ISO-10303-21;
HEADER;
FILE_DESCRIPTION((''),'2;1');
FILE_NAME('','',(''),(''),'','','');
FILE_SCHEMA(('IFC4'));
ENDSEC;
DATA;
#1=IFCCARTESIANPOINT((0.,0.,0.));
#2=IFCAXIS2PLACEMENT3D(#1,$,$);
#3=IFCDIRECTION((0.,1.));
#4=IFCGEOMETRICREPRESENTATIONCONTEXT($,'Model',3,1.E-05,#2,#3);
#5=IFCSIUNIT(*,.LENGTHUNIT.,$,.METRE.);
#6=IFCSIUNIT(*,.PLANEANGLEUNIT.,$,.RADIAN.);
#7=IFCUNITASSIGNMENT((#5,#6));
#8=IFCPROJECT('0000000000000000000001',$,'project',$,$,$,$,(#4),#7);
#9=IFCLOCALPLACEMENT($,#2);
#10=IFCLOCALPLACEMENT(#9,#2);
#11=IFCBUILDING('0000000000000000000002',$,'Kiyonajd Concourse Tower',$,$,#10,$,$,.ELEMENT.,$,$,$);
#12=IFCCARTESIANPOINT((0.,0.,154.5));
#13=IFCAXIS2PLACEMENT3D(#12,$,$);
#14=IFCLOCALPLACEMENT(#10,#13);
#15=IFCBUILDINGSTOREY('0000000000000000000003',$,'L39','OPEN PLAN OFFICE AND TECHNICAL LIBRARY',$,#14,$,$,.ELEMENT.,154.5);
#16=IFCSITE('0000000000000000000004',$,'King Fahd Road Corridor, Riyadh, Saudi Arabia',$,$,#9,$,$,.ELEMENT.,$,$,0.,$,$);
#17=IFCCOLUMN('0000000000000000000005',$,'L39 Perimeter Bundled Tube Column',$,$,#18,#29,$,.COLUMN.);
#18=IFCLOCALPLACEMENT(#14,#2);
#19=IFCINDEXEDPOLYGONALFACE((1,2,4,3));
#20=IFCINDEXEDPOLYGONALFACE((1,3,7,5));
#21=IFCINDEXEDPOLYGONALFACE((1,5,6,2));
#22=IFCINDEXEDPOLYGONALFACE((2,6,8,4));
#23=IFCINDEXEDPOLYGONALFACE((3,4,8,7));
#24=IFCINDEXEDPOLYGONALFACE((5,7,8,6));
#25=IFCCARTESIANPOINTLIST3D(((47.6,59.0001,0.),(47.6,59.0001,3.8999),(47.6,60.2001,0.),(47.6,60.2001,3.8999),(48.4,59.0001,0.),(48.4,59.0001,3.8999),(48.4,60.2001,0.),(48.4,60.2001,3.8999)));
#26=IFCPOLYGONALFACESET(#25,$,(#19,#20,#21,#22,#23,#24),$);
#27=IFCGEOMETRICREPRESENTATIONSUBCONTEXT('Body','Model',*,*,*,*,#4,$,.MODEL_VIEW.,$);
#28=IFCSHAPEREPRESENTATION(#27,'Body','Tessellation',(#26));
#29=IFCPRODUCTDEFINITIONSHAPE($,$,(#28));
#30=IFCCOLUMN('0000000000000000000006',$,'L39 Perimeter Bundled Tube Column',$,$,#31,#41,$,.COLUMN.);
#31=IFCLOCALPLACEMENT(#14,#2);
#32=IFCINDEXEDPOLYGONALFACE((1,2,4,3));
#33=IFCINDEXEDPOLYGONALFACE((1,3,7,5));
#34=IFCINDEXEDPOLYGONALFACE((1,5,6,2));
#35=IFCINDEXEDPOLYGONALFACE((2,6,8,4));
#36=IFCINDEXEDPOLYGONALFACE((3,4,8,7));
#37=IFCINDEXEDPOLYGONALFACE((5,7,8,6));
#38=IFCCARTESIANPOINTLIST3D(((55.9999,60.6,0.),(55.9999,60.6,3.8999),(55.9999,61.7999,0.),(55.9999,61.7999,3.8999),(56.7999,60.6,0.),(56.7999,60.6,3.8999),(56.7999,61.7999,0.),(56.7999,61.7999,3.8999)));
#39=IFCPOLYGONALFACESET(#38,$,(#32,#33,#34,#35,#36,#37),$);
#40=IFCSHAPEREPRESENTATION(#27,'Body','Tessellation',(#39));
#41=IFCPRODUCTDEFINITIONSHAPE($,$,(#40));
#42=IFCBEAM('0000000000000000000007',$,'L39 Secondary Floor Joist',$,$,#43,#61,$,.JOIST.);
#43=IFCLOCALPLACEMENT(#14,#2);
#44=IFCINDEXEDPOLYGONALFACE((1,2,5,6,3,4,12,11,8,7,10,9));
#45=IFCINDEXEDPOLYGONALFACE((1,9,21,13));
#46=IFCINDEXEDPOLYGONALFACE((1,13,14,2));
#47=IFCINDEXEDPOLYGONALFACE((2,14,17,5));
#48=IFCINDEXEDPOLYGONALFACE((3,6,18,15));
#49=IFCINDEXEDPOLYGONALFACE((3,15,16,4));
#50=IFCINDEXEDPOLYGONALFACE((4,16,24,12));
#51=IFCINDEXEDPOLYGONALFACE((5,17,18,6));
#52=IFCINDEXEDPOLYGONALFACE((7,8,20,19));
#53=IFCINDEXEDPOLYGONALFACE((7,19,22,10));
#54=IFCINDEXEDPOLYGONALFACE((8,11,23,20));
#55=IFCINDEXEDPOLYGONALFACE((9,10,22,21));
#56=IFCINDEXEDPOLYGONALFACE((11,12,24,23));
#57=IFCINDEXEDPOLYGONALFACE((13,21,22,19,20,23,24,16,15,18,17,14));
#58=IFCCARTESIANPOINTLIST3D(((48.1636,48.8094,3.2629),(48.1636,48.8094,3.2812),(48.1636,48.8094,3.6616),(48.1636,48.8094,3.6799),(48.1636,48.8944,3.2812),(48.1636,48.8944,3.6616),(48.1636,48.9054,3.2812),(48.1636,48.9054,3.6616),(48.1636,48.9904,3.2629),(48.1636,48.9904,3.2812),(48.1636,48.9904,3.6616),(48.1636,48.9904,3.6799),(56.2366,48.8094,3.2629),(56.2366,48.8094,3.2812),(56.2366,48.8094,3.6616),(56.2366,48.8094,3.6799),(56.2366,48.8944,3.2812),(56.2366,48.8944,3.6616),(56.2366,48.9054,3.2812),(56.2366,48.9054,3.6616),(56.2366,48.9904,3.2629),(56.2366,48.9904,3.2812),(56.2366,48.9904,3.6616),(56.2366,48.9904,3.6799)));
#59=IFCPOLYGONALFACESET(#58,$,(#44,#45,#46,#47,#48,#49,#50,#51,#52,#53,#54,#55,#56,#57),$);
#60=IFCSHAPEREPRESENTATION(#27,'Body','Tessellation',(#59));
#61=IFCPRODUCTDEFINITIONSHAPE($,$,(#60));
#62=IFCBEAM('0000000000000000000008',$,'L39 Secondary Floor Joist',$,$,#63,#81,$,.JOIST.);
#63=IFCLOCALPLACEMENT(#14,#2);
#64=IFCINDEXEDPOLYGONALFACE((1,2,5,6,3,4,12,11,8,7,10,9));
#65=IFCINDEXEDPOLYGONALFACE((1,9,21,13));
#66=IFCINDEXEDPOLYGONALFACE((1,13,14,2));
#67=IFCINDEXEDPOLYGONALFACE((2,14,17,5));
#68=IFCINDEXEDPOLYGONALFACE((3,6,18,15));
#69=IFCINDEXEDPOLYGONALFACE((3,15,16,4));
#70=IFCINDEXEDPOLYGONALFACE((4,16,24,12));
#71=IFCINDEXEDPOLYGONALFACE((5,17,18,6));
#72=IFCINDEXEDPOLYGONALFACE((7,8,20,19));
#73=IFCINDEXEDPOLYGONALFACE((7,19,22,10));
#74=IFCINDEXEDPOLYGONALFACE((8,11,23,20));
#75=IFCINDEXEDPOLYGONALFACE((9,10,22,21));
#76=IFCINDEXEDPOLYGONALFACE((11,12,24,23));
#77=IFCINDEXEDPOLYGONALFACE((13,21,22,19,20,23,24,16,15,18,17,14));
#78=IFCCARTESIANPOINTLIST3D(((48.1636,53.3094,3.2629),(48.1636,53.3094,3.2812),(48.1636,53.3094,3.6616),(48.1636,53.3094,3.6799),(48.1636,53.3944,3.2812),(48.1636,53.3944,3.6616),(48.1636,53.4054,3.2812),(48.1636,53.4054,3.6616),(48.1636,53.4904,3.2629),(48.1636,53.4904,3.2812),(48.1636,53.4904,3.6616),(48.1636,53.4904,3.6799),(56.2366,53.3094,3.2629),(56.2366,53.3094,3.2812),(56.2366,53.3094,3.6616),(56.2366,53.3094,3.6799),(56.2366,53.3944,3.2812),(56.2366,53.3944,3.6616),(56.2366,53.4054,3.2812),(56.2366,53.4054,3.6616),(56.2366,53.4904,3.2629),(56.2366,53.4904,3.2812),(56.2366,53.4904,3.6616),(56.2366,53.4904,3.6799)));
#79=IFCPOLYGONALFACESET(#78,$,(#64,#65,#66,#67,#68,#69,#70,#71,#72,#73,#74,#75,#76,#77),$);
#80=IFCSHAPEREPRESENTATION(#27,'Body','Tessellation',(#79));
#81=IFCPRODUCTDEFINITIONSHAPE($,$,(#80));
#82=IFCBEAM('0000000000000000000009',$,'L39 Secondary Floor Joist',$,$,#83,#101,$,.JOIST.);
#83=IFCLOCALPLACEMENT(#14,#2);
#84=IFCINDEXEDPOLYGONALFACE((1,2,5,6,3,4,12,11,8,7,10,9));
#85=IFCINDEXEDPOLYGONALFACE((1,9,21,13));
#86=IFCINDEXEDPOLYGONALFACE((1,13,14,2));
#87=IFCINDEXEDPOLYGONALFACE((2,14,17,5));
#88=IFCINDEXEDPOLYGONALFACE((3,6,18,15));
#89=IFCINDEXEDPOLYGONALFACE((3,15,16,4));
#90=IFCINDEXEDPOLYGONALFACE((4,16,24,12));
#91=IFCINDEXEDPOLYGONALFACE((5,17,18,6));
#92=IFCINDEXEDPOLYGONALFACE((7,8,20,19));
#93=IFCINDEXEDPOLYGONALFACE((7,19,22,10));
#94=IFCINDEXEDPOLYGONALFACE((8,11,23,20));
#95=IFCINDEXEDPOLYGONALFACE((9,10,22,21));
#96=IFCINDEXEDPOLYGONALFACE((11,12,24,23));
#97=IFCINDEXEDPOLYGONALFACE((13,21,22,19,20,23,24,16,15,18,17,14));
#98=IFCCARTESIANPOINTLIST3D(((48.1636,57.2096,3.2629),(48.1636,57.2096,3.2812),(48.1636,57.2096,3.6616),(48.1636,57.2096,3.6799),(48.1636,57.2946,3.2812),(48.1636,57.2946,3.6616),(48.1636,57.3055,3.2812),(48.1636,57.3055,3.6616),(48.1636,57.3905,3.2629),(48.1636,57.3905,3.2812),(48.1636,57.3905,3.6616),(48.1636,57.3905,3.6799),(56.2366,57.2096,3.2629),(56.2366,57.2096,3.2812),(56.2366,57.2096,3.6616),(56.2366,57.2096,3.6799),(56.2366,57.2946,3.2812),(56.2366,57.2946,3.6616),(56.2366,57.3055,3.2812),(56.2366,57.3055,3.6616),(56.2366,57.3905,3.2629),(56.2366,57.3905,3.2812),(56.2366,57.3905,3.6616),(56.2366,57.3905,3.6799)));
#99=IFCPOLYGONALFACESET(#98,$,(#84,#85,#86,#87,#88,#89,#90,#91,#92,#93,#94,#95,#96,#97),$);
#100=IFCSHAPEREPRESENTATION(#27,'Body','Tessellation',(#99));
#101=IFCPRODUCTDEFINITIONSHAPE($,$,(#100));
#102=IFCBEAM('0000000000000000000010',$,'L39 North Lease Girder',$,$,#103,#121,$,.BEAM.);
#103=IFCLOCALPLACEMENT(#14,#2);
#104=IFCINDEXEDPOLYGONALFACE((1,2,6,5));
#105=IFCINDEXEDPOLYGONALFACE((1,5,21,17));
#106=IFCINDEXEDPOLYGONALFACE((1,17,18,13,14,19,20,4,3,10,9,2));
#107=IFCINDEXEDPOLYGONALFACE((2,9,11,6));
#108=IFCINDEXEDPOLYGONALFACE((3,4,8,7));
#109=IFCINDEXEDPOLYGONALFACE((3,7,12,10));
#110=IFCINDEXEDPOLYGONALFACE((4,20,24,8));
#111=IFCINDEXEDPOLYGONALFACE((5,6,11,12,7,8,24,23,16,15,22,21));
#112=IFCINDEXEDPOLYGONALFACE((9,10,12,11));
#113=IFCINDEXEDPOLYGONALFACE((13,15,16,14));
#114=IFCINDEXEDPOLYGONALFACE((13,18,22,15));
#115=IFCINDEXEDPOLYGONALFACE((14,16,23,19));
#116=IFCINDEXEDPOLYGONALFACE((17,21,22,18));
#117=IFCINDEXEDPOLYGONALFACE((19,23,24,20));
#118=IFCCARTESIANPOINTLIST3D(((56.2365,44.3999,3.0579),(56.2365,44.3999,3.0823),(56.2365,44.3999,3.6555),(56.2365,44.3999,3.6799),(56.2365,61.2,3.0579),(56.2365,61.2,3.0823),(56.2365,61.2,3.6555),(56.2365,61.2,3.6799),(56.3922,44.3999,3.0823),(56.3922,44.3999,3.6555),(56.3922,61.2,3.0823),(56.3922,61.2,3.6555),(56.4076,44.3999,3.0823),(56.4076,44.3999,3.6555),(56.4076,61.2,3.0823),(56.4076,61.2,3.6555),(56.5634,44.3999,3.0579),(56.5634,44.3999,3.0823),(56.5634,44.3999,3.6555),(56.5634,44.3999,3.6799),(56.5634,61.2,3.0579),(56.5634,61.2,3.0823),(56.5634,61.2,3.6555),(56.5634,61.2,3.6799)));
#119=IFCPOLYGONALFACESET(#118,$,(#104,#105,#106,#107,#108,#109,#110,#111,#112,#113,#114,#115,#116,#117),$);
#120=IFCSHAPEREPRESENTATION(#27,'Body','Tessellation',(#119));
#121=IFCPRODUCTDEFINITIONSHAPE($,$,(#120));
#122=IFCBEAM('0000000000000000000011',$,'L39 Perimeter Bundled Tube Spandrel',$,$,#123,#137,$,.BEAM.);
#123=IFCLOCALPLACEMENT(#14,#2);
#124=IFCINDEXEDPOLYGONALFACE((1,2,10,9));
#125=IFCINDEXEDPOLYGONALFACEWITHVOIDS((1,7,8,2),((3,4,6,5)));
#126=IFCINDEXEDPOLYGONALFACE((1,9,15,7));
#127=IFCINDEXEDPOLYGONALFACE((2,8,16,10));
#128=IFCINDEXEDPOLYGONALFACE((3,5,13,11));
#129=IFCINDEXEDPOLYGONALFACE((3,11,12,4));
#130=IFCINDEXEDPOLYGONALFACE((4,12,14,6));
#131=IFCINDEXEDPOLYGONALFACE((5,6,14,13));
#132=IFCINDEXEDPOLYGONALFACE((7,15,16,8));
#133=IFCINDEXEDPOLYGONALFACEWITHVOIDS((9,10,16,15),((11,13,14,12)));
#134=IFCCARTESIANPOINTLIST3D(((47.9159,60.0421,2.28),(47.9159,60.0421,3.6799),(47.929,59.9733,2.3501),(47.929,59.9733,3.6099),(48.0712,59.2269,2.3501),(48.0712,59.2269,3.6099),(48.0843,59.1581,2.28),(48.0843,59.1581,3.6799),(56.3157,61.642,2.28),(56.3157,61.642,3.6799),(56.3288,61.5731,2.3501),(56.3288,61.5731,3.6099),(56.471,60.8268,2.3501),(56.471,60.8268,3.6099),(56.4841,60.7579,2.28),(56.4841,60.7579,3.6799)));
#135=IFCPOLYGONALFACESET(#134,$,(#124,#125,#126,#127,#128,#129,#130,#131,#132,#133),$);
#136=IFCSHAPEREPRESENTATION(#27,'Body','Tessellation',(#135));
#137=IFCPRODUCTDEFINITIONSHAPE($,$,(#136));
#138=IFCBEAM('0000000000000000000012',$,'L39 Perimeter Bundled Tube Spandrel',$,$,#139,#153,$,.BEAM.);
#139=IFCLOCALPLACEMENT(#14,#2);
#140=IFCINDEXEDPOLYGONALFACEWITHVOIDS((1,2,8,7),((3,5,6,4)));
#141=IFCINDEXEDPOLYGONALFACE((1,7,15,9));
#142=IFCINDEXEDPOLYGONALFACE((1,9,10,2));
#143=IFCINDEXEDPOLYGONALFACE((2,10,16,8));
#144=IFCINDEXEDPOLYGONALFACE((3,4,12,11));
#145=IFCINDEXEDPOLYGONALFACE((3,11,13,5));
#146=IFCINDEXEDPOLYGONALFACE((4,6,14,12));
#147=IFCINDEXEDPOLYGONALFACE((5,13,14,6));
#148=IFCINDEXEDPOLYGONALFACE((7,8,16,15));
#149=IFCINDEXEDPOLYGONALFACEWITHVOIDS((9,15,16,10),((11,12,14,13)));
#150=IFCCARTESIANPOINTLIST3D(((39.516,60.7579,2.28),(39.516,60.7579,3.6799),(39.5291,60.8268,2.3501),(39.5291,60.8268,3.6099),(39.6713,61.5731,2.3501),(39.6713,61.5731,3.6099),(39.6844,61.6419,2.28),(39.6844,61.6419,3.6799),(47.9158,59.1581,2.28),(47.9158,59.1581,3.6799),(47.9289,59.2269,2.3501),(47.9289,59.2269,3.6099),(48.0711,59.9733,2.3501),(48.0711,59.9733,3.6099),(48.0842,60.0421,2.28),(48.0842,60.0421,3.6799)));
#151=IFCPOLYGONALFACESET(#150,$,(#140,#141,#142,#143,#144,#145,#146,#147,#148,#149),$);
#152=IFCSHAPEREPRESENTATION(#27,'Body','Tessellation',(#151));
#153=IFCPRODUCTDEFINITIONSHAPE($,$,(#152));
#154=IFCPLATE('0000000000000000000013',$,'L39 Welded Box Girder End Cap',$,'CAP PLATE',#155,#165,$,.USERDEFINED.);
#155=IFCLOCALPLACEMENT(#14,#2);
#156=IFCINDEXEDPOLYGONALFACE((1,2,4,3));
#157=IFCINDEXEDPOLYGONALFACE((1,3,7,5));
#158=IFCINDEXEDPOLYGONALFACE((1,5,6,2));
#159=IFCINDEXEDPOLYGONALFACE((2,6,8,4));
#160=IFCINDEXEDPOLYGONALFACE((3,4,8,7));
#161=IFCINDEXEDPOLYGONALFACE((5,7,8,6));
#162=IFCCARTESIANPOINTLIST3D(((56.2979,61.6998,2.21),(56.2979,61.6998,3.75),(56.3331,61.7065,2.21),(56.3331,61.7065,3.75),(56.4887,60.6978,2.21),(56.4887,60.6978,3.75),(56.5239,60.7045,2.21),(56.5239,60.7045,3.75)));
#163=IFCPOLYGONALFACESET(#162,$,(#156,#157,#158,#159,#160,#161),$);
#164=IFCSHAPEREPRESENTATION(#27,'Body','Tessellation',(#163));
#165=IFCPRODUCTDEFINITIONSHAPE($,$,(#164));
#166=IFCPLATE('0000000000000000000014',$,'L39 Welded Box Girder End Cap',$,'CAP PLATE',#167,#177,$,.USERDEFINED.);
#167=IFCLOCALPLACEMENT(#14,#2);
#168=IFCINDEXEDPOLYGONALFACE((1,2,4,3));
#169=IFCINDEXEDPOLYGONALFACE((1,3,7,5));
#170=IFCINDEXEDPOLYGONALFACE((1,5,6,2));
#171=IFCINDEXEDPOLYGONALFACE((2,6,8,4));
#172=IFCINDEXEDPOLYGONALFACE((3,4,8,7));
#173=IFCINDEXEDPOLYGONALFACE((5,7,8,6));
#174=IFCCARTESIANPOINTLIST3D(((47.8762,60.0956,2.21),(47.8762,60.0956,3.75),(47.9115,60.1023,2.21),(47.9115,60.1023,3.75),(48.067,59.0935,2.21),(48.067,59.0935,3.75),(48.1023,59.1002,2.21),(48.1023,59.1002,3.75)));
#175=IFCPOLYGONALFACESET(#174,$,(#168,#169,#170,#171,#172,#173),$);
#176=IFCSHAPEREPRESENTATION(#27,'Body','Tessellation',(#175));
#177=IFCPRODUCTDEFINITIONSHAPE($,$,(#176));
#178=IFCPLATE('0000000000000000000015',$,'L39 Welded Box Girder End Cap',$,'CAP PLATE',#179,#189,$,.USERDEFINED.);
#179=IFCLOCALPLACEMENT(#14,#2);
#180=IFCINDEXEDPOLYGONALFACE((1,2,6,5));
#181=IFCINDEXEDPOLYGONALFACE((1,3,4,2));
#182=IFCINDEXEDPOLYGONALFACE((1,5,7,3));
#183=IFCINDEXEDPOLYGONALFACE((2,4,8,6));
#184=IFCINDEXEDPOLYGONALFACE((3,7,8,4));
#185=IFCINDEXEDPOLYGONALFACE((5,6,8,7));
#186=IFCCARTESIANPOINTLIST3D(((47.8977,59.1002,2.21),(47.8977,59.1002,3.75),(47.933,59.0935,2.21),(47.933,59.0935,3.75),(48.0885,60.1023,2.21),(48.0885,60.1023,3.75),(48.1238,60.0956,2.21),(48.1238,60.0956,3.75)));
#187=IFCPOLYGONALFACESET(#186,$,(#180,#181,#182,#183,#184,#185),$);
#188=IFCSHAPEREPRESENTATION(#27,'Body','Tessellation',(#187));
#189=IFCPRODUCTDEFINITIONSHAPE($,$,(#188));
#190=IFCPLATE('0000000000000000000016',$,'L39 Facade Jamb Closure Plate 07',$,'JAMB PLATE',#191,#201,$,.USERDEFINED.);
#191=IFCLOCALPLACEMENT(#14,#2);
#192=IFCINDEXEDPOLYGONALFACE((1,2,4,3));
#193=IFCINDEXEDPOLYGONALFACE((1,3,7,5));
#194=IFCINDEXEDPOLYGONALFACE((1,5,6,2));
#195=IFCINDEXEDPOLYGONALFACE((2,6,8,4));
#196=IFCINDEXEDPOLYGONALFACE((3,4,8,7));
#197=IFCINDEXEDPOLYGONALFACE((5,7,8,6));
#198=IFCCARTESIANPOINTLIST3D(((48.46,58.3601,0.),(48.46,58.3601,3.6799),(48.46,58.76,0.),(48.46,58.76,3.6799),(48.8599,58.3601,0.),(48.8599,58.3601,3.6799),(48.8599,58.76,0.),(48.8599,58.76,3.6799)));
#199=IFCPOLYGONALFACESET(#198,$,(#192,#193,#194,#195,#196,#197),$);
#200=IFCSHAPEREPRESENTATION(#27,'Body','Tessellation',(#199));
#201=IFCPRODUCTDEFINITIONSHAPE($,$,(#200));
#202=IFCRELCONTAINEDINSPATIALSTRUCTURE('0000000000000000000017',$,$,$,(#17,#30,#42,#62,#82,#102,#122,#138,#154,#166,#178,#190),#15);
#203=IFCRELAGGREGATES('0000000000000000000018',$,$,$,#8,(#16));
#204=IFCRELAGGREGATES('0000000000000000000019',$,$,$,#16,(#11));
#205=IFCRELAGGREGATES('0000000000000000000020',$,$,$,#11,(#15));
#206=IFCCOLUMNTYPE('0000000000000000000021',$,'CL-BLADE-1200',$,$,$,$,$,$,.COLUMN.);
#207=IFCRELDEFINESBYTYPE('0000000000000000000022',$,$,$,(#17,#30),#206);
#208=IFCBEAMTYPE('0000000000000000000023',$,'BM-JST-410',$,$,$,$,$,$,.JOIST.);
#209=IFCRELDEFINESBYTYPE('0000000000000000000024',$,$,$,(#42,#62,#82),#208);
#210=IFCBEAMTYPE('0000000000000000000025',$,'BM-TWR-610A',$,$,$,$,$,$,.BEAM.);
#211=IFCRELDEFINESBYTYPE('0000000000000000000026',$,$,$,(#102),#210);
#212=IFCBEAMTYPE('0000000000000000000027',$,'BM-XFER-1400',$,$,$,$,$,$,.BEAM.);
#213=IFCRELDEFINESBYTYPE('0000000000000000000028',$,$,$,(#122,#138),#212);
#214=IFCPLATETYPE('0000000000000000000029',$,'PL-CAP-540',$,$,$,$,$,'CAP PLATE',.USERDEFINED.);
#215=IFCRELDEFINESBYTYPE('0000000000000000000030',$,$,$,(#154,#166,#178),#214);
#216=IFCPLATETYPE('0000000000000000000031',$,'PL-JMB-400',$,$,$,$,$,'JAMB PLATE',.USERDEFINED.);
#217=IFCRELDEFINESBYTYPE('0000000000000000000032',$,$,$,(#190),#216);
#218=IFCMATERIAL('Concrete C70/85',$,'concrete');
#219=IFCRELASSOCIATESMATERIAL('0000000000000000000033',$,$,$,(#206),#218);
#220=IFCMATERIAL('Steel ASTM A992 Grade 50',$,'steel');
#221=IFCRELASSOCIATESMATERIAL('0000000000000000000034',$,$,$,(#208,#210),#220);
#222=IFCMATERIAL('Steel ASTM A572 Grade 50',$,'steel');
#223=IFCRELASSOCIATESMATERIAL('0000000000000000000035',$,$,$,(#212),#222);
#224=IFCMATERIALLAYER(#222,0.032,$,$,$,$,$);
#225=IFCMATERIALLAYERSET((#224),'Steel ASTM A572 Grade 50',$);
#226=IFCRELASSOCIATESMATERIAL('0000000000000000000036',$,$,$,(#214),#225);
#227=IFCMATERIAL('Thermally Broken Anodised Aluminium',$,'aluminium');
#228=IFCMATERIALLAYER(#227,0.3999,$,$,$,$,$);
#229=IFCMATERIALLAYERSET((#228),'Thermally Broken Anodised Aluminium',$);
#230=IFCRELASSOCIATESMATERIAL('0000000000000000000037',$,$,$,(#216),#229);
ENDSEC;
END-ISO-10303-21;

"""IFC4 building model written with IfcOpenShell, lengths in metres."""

from ifc_helpers import new_model, si_unit, direction, frame, origin, origin_2d, place, context, subcontext, project, spatial, rectangle, hollow_rectangle, i_section, extrude, material, layer, layer_set, material_profile, profile_set, type_object, element, save


model = new_model("IFC4")

# Units and contexts
model_context = context("Model", 3, precision=1e-05, world=origin(), true_north=direction((0.0, 1.0)))
body_context = subcontext(model_context, "Body", "Model", "MODEL_VIEW")
ifc_project = project(units=[si_unit("LENGTHUNIT", "METRE"), si_unit("PLANEANGLEUNIT", "RADIAN")], contexts=[model_context])

# Site, building, storey
site_placement = place(None, origin())
site = spatial("IfcSite", under=ifc_project, at=site_placement, Name="King Fahd Road Corridor, Riyadh, Saudi Arabia", CompositionType="ELEMENT", RefElevation=0.0)
building_placement = place(site_placement, origin())
building = spatial("IfcBuilding", under=site, at=building_placement, Name="Kiyonajd Concourse Tower", CompositionType="ELEMENT")
storey_placement = place(building_placement, frame((0.0, 0.0, 154.5)))
storey = spatial("IfcBuildingStorey", under=building, at=storey_placement, Name="L39", Description="OPEN PLAN OFFICE AND TECHNICAL LIBRARY", CompositionType="ELEMENT", Elevation=154.5)

# Columns
ifc_material_1 = material(Name="Concrete C70/85", Category="concrete")
ifc_material_profile_1 = material_profile(ifc_material_1, rectangle(XDim=0.8, YDim=1.2, at=origin_2d()), Name="RC-1200x800")
ifc_profile_set_1 = profile_set([ifc_material_profile_1], Name="Concrete C70/85")
column_type = type_object("IfcColumnType", Name="CL-BLADE-1200", PredefinedType="COLUMN", material=ifc_profile_set_1)
for number, where, z_axis, x_axis, name in (
    (1, (48.0, 59.6001, 0.0), (0.0, 0.0, 1.0), (1.0, 0.0, 0.0), "L39 Perimeter Bundled Tube Column"),
    (2, (56.3999, 61.2, 0.0), (0.0, 0.0, 1.0), (1.0, 0.0, 0.0), "L39 Perimeter Bundled Tube Column"),
):
    element("IfcColumn", number, at=place(storey_placement, frame(where, z_axis=z_axis, x_axis=x_axis)), inside=storey, type_object=column_type, Name=name, PredefinedType="COLUMN", context=body_context, shape_type="SweptSolid", body=[
        extrude(rectangle(XDim=0.8, YDim=1.2, at=origin_2d()), origin(), (0.0, 0.0, 1.0), 3.8999),
    ])

# Beams
ifc_material_2 = material(Name="Steel ASTM A992 Grade 50", Category="steel")
ifc_material_profile_2 = material_profile(ifc_material_2, i_section(OverallWidth=0.1809, OverallDepth=0.417, WebThickness=0.011, FlangeThickness=0.0183, at=origin_2d()), Name="W410X85")
ifc_profile_set_2 = profile_set([ifc_material_profile_2], Name="Steel ASTM A992 Grade 50")
beam_type_1 = type_object("IfcBeamType", Name="BM-JST-410", PredefinedType="JOIST", material=ifc_profile_set_2)
for number, where, z_axis, x_axis, name in (
    (3, (48.1636, 48.8999, 3.4714), (1.0, 0.0, 0.0), (0.0, 1.0, 0.0), "L39 Secondary Floor Joist"),
    (4, (48.1636, 53.3999, 3.4714), (1.0, 0.0, 0.0), (0.0, 1.0, 0.0), "L39 Secondary Floor Joist"),
    (5, (48.1636, 57.3, 3.4714), (1.0, 0.0, 0.0), (0.0, 1.0, 0.0), "L39 Secondary Floor Joist"),
):
    element("IfcBeam", number, at=place(storey_placement, frame(where, z_axis=z_axis, x_axis=x_axis)), inside=storey, type_object=beam_type_1, Name=name, PredefinedType="JOIST", context=body_context, shape_type="SweptSolid", body=[
        extrude(i_section(OverallWidth=0.1809, OverallDepth=0.417, WebThickness=0.011, FlangeThickness=0.0183, at=origin_2d()), origin(), (0.0, 0.0, 1.0), 8.073),
    ])
ifc_material_profile_3 = material_profile(ifc_material_2, i_section(OverallWidth=0.3269, OverallDepth=0.6221, WebThickness=0.0154, FlangeThickness=0.0244, at=origin_2d()), Name="W610X195")
ifc_profile_set_3 = profile_set([ifc_material_profile_3], Name="Steel ASTM A992 Grade 50")
beam_type_2 = type_object("IfcBeamType", Name="BM-TWR-610A", PredefinedType="BEAM", material=ifc_profile_set_3)
beam_placement = place(storey_placement, frame((56.3999, 44.3999, 3.3689), z_axis=(0.0, 1.0, 0.0), x_axis=(-1.0, 0.0, 0.0)))
element("IfcBeam", 6, at=beam_placement, inside=storey, type_object=beam_type_2, Name="L39 North Lease Girder", PredefinedType="BEAM", context=body_context, shape_type="SweptSolid", body=[
    extrude(i_section(OverallWidth=0.3269, OverallDepth=0.6221, WebThickness=0.0154, FlangeThickness=0.0244, at=origin_2d()), origin(), (0.0, 0.0, 1.0), 16.8),
])
ifc_material_3 = material(Name="Steel ASTM A572 Grade 50", Category="steel")
ifc_material_profile_4 = material_profile(ifc_material_3, hollow_rectangle(XDim=0.8999, YDim=1.3999, WallThickness=0.0701, at=origin_2d()), Name="BOX-1400x900x70")
ifc_profile_set_4 = profile_set([ifc_material_profile_4], Name="Steel ASTM A572 Grade 50")
beam_type_3 = type_object("IfcBeamType", Name="BM-XFER-1400", PredefinedType="BEAM", material=ifc_profile_set_4)
for number, where, z_axis, x_axis, name in (
    (7, (56.3999, 61.2, 2.98), (-0.982341, -0.187098, 0.0), (0.187098, -0.982341, 0.0), "L39 Perimeter Bundled Tube Spandrel"),
    (8, (48.0, 59.6001, 2.98), (-0.982341, 0.187098, 0.0), (-0.187098, -0.982341, 0.0), "L39 Perimeter Bundled Tube Spandrel"),
):
    element("IfcBeam", number, at=place(storey_placement, frame(where, z_axis=z_axis, x_axis=x_axis)), inside=storey, type_object=beam_type_3, Name=name, PredefinedType="BEAM", context=body_context, shape_type="SweptSolid", body=[
        extrude(hollow_rectangle(XDim=0.8999, YDim=1.3999, WallThickness=0.0701, at=origin_2d()), origin(), (0.0, 0.0, 1.0), 8.5508),
    ])

# Plates
ifc_layer_1 = layer(ifc_material_3, 0.032)
ifc_layer_set_1 = layer_set([ifc_layer_1], Name="Steel ASTM A572 Grade 50")
plate_type_1 = type_object("IfcPlateType", Name="PL-CAP-540", ElementType="CAP PLATE", PredefinedType="USERDEFINED", material=ifc_layer_set_1)
for number, where, z_axis, x_axis, name in (
    (9, (56.4109, 61.2021, 2.21), (0.0, 0.0, 1.0), (0.982353, 0.187038, 0.0), "L39 Welded Box Girder End Cap"),
    (10, (47.9893, 59.5979, 2.21), (0.0, 0.0, 1.0), (-0.982353, -0.187038, 0.0), "L39 Welded Box Girder End Cap"),
    (11, (48.0107, 59.5979, 2.21), (0.0, 0.0, 1.0), (0.982353, -0.187038, 0.0), "L39 Welded Box Girder End Cap"),
):
    element("IfcPlate", number, at=place(storey_placement, frame(where, z_axis=z_axis, x_axis=x_axis)), inside=storey, type_object=plate_type_1, Name=name, ObjectType="CAP PLATE", PredefinedType="USERDEFINED", context=body_context, shape_type="SweptSolid", body=[
        extrude(rectangle(XDim=0.0359, YDim=1.02, at=origin_2d()), origin(), (0.0, 0.0, 1.0), 1.54),
    ])
ifc_material_4 = material(Name="Thermally Broken Anodised Aluminium", Category="aluminium")
ifc_layer_2 = layer(ifc_material_4, 0.3999)
ifc_layer_set_2 = layer_set([ifc_layer_2], Name="Thermally Broken Anodised Aluminium")
plate_type_2 = type_object("IfcPlateType", Name="PL-JMB-400", ElementType="JAMB PLATE", PredefinedType="USERDEFINED", material=ifc_layer_set_2)
for number, where, z_axis, x_axis, name in (
    (12, (48.6599, 58.5601, 0.0), (0.0, 0.0, 1.0), (1.0, 0.0, 0.0), "L39 Facade Jamb Closure Plate 07"),
):
    element("IfcPlate", number, at=place(storey_placement, frame(where, z_axis=z_axis, x_axis=x_axis)), inside=storey, type_object=plate_type_2, Name=name, ObjectType="JAMB PLATE", PredefinedType="USERDEFINED", context=body_context, shape_type="SweptSolid", body=[
        extrude(rectangle(XDim=0.3999, YDim=0.3999, at=origin_2d()), origin(), (0.0, 0.0, 1.0), 3.6799),
    ])

save(model, "model.ifc")
